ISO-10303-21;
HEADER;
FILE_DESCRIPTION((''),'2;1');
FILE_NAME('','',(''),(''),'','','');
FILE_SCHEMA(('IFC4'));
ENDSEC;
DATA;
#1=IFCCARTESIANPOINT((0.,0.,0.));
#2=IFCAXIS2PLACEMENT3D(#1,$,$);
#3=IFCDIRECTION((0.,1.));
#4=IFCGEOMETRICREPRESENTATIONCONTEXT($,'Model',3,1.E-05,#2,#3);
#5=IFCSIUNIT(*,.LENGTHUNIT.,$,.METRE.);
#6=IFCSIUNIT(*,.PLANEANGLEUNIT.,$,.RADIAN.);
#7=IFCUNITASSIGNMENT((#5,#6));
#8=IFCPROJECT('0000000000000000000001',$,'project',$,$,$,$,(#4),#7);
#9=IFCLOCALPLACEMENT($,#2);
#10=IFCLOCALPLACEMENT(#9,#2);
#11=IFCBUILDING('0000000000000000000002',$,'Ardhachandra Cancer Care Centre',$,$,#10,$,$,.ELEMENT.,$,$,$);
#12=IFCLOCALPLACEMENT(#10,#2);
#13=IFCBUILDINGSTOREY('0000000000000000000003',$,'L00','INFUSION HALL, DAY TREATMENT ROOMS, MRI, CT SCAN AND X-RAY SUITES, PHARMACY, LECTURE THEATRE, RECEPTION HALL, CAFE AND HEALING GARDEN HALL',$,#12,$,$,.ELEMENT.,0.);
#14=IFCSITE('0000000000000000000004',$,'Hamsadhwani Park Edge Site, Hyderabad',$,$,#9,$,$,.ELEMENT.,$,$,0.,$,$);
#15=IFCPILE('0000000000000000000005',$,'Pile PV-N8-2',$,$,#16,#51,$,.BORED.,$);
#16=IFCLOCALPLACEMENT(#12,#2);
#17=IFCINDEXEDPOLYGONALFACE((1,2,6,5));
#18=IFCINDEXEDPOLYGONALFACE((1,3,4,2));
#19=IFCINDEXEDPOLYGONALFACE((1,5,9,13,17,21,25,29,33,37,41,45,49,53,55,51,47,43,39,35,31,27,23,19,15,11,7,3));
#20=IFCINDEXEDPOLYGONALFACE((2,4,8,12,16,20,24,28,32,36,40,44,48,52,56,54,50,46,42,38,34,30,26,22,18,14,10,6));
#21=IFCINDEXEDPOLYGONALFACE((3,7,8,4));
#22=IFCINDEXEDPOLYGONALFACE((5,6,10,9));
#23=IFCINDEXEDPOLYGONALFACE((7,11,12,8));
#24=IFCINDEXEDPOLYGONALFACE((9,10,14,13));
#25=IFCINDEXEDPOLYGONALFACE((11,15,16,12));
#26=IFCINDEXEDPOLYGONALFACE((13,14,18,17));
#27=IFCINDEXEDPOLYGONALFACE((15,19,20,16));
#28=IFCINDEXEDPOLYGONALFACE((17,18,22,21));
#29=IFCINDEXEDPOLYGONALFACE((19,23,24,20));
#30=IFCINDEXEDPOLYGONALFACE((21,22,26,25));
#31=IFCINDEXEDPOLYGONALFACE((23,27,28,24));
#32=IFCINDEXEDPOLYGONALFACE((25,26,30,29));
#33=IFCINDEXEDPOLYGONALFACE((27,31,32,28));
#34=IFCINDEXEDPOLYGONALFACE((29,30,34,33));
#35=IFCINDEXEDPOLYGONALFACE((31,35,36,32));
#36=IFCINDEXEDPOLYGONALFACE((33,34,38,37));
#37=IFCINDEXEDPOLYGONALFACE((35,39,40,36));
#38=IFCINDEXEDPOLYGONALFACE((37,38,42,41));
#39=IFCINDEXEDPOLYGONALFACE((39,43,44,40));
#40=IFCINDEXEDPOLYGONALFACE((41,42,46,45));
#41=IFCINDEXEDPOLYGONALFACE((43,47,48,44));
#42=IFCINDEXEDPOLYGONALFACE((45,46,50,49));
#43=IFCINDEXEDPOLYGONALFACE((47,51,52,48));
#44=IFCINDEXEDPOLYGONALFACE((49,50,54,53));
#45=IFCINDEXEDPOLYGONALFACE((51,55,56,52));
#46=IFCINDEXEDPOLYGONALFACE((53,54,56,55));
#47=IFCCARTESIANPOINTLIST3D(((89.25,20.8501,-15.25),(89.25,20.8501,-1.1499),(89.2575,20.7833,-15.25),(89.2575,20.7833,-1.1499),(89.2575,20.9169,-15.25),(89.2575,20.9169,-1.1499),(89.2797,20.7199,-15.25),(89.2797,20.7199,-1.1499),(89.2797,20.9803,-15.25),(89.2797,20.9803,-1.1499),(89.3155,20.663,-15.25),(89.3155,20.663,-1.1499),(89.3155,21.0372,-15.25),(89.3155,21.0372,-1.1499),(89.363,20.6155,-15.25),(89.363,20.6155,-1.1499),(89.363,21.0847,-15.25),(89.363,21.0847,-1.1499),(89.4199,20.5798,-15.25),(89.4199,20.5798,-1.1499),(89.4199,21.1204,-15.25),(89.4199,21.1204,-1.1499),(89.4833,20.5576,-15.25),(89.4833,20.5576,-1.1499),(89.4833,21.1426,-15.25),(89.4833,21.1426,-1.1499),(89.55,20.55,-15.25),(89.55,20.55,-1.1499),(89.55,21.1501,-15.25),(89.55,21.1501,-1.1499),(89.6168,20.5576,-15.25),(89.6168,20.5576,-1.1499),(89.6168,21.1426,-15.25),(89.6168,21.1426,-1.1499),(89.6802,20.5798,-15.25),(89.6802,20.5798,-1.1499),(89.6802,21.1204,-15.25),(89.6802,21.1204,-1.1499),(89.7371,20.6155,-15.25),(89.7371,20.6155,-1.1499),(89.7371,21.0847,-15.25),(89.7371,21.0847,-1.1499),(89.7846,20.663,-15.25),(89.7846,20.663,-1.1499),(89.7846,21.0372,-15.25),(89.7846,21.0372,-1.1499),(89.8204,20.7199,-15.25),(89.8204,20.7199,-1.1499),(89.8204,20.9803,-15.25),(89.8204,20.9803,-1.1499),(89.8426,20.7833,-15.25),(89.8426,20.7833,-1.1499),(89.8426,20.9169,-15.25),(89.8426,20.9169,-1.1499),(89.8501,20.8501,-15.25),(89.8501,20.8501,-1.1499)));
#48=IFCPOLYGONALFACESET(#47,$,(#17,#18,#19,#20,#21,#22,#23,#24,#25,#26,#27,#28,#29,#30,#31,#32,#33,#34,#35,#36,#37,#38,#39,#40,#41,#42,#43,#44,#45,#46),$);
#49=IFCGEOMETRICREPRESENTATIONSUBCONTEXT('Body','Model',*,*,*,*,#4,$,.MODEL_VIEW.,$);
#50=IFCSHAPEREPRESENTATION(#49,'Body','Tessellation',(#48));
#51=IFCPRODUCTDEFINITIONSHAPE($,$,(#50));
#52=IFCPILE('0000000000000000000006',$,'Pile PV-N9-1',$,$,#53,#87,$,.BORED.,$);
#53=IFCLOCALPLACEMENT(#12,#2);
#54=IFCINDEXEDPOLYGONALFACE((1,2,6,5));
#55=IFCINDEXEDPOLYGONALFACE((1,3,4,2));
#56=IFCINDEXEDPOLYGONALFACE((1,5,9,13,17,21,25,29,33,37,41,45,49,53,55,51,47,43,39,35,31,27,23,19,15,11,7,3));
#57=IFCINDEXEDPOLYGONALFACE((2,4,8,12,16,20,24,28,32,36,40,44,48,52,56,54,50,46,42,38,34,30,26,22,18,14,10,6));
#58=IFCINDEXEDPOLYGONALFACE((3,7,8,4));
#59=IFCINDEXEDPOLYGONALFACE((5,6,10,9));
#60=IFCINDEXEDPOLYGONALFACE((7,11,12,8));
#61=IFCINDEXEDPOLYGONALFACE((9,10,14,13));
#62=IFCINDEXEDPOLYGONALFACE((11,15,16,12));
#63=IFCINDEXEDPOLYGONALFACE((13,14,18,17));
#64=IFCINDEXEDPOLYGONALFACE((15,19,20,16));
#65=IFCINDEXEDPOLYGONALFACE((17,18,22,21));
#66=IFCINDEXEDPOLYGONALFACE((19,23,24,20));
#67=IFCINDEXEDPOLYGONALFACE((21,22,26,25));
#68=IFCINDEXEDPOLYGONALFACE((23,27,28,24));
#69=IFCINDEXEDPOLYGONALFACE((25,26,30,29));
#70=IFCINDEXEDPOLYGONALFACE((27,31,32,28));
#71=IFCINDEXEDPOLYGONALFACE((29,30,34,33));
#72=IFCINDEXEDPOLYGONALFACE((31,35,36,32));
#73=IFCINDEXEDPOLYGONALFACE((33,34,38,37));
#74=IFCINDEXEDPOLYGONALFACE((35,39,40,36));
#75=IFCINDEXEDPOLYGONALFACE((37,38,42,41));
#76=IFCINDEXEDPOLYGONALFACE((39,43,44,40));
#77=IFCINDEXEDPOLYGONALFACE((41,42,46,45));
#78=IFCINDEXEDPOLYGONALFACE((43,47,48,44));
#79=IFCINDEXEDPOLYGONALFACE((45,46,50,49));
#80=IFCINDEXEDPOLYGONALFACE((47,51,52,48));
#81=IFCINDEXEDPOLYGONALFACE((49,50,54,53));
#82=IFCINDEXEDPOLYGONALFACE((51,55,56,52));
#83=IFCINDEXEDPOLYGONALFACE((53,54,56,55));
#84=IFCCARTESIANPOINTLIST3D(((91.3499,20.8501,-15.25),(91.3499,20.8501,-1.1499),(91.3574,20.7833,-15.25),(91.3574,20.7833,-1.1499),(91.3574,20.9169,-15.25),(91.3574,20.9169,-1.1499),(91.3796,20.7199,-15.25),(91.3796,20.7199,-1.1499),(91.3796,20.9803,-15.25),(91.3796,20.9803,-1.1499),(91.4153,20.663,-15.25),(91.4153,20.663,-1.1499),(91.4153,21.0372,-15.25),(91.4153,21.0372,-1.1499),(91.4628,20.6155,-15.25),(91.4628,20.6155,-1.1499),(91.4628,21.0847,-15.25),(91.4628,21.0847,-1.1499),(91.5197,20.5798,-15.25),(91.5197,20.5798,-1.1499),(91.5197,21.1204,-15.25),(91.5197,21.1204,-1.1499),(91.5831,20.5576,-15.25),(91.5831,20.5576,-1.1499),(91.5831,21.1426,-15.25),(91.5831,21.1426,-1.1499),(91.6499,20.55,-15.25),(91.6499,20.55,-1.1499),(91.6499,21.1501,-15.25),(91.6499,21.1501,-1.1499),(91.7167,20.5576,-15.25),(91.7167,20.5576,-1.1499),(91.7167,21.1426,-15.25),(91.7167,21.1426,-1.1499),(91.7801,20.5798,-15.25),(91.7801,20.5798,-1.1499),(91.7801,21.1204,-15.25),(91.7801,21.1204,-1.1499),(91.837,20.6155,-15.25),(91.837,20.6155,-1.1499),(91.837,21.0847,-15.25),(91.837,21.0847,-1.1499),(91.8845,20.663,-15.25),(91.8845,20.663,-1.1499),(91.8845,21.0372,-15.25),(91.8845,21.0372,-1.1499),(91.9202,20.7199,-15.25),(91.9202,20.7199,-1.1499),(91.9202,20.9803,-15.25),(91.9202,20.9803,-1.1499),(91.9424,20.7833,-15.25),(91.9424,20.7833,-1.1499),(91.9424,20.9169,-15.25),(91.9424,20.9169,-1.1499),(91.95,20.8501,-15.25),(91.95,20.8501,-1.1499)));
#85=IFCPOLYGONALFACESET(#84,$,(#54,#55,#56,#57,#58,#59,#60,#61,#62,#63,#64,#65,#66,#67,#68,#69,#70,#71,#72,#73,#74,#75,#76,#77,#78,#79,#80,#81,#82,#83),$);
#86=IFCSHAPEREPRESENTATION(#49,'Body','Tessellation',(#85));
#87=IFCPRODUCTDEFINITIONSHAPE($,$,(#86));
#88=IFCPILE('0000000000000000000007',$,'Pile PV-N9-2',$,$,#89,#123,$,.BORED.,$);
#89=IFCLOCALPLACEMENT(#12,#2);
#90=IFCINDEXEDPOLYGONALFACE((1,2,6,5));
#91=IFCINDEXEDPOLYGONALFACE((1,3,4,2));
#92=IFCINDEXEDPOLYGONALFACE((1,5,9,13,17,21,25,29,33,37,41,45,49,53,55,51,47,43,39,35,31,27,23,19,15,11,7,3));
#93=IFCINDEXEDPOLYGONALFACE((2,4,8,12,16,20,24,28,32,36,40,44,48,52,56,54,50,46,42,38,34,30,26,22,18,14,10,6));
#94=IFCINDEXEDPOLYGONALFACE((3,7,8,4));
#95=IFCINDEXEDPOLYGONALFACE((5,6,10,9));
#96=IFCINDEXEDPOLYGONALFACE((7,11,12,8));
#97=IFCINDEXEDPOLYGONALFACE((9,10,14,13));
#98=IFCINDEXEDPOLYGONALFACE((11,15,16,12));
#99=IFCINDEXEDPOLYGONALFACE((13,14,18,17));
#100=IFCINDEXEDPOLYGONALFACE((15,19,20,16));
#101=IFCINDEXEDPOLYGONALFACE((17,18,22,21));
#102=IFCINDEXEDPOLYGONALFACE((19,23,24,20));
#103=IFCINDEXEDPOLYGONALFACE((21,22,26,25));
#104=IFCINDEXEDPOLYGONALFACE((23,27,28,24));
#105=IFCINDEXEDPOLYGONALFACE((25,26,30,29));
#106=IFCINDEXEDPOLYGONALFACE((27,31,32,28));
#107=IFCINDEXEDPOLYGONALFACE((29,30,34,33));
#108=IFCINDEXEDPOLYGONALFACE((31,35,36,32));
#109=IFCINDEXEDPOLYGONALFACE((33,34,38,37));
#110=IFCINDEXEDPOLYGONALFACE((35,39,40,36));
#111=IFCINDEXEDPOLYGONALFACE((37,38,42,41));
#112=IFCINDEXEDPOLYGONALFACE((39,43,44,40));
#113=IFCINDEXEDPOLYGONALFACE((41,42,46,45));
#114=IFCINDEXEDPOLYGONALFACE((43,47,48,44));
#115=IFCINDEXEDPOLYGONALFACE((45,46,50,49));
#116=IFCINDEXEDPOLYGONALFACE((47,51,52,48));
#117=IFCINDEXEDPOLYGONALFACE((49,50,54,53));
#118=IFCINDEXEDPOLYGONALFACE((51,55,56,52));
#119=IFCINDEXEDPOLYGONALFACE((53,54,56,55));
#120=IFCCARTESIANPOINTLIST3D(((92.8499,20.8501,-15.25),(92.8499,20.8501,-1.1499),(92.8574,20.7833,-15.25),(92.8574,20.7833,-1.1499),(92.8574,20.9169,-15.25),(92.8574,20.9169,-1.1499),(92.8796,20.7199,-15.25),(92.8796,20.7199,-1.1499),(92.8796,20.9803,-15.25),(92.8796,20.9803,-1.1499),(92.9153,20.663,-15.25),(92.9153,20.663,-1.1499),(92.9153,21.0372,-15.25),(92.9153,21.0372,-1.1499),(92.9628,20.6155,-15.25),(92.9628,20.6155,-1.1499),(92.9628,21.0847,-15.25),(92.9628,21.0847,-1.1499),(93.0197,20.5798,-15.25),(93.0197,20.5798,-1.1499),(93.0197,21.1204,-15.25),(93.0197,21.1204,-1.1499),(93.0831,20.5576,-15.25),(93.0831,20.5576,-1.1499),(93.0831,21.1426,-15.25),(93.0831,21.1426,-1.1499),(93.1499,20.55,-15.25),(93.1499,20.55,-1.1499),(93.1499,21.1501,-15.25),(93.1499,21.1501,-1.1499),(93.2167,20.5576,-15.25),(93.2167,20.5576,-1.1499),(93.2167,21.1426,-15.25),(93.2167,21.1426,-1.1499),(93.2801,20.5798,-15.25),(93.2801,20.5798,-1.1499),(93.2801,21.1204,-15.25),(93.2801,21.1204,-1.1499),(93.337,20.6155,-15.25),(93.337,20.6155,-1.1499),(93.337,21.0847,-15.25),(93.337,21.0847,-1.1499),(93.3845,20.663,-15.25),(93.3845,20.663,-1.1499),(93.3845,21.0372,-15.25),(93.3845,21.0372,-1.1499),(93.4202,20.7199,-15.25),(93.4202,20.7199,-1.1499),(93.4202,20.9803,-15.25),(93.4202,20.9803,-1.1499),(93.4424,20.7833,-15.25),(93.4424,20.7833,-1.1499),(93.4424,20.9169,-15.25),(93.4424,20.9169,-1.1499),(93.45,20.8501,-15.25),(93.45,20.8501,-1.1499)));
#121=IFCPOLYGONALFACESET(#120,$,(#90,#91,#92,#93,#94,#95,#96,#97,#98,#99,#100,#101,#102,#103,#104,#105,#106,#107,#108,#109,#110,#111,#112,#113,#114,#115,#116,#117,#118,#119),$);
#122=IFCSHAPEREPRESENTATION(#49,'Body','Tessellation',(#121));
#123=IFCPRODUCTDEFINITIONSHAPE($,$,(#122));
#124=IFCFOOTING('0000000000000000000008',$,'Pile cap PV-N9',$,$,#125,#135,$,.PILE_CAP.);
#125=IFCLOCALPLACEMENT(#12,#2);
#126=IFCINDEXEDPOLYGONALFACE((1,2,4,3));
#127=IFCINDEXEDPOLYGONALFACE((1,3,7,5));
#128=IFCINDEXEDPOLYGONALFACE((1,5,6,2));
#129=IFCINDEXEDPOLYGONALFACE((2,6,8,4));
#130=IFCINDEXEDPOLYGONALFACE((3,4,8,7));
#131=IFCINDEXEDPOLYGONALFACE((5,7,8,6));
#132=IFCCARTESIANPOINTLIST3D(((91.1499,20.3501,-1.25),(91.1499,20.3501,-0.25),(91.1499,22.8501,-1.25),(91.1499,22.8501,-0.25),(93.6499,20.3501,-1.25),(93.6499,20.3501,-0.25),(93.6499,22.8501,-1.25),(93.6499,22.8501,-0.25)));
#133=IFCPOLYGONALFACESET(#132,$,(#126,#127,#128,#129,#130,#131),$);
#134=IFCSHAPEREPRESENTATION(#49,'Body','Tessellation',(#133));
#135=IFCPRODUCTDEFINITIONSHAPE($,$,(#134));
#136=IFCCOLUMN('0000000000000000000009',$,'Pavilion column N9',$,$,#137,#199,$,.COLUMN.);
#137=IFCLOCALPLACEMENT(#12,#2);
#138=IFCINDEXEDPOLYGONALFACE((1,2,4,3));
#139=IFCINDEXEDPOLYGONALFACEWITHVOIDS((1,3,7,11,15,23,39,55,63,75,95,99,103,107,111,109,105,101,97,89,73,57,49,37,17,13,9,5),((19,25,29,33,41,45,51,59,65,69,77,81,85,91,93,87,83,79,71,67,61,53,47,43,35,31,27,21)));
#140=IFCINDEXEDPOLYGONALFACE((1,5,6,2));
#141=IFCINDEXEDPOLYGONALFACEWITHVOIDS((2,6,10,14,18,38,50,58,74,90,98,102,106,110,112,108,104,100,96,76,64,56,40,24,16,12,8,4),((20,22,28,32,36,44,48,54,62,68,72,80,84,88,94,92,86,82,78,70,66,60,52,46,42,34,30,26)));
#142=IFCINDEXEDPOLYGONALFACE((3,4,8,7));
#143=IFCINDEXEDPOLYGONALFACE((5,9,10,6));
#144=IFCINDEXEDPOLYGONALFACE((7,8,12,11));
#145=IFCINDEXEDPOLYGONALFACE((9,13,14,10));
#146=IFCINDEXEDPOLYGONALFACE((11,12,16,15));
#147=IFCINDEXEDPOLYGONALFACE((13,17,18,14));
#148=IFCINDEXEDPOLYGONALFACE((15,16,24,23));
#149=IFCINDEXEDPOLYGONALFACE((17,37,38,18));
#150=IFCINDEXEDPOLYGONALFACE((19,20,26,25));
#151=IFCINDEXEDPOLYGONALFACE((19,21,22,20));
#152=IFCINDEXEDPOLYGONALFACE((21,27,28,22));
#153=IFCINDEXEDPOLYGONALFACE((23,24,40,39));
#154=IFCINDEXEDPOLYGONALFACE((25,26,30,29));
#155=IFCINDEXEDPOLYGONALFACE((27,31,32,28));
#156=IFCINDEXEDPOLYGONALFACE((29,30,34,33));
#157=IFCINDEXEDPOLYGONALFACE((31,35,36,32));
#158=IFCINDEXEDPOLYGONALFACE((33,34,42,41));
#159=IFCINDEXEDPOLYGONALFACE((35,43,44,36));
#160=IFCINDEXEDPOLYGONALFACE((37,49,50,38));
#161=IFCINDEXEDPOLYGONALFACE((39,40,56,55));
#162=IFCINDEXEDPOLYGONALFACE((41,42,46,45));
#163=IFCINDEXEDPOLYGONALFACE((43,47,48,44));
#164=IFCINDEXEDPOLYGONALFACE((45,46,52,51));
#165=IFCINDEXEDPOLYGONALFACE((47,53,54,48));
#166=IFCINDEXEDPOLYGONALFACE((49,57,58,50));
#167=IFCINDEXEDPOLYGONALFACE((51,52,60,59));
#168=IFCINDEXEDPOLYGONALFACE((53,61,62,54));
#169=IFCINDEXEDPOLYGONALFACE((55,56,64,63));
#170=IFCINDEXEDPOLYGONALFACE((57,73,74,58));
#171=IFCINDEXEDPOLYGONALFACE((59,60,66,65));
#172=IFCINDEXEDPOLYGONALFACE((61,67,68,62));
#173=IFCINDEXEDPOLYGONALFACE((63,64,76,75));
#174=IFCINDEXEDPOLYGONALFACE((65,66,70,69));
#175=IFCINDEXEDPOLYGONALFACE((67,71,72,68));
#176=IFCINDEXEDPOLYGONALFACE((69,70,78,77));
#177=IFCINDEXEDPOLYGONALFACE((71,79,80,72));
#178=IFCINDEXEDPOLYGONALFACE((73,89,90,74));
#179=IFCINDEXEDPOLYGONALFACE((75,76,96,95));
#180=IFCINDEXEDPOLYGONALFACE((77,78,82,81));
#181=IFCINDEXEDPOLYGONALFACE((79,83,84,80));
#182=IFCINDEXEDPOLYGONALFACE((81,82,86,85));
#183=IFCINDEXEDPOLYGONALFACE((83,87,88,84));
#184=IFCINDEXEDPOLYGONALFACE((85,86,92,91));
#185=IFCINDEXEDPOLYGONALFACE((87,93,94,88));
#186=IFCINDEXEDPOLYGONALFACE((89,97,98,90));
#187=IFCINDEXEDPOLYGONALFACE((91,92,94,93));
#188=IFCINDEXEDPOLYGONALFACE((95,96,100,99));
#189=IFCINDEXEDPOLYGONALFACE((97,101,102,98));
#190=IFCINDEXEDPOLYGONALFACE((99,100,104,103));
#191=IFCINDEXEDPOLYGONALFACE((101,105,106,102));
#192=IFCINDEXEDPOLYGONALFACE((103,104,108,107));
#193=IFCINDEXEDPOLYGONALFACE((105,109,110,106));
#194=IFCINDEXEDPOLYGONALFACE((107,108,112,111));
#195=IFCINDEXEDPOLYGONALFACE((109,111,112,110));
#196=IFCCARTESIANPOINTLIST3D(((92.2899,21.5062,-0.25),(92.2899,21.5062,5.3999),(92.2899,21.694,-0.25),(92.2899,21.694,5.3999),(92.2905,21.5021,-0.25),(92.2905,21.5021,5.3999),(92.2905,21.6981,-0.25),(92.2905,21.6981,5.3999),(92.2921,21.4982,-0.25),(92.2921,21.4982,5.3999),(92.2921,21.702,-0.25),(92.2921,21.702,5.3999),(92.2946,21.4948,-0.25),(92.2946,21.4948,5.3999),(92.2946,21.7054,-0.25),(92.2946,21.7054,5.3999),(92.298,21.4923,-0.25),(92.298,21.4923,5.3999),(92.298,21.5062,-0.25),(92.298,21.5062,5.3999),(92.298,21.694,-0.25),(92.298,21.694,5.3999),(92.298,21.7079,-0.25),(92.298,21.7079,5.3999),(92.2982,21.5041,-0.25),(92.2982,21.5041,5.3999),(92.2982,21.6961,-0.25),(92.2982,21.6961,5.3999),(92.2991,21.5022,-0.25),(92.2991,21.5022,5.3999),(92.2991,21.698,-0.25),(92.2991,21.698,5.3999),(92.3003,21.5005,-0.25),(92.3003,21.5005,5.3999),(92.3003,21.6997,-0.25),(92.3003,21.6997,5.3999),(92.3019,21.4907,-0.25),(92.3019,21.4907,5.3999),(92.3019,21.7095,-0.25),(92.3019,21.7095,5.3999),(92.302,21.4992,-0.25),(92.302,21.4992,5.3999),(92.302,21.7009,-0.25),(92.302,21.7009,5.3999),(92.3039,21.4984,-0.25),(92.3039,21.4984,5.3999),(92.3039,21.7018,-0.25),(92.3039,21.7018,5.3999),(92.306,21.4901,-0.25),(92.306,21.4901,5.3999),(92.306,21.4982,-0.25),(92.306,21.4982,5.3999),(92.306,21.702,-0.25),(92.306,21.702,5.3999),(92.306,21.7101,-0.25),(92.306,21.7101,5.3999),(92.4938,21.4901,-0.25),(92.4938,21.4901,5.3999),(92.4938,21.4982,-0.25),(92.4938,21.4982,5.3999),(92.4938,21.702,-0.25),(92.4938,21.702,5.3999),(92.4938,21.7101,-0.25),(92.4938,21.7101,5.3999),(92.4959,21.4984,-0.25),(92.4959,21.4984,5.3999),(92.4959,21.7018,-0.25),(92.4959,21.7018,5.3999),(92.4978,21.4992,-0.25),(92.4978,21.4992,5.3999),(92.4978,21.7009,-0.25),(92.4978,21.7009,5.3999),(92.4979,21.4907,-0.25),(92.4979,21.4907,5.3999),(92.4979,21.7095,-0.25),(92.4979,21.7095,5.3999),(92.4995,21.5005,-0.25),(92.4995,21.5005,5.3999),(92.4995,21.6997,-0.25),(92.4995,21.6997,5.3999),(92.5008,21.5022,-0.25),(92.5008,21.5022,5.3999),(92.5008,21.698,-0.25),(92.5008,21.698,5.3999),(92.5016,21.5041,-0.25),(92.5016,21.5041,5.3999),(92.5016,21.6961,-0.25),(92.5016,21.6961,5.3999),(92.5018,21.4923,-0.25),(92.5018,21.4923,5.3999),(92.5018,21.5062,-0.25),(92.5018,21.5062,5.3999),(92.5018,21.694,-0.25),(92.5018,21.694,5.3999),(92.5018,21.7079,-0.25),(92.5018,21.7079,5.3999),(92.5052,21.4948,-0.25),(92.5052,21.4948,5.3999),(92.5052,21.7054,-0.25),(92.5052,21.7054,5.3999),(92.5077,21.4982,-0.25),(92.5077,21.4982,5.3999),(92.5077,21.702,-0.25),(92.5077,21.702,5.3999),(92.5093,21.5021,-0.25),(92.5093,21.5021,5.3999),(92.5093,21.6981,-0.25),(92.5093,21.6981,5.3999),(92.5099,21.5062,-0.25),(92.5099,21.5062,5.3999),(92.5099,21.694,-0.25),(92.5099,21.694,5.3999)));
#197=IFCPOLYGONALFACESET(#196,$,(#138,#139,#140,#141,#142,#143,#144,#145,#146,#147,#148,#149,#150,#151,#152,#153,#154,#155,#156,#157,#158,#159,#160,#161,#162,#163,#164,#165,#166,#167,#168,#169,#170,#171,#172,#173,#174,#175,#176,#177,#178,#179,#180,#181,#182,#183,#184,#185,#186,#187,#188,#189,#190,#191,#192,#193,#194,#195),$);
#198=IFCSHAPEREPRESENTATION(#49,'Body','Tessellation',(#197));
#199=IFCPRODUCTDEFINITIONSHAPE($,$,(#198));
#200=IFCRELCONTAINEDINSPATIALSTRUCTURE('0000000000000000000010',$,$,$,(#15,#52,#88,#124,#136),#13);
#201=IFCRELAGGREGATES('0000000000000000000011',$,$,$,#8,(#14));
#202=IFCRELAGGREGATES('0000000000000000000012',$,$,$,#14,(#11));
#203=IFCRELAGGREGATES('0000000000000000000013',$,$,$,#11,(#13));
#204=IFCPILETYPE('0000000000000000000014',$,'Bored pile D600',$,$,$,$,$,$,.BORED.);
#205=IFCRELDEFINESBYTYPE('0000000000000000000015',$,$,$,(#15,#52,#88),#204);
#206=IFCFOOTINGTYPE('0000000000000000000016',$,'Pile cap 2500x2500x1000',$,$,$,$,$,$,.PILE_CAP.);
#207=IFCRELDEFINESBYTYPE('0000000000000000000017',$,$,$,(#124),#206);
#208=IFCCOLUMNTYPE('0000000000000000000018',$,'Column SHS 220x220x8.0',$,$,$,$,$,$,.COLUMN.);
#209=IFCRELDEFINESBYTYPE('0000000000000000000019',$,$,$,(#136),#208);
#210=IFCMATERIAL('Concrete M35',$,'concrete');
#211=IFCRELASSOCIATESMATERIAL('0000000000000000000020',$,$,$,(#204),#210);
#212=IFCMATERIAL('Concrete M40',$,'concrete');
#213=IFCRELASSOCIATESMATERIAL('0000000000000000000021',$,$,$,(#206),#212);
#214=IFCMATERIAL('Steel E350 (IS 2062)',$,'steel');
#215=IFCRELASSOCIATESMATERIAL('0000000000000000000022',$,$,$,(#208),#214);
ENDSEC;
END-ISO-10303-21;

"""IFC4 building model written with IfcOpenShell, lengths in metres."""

from ifc_helpers import new_model, si_unit, direction, frame, origin, origin_2d, place, context, subcontext, project, spatial, rectangle, hollow_rectangle, circle, extrude, material, material_profile, profile_set, type_object, element, save


model = new_model("IFC4")

# Units and contexts
model_context = context("Model", 3, precision=1e-05, world=origin(), true_north=direction((0.0, 1.0)))
body_context = subcontext(model_context, "Body", "Model", "MODEL_VIEW")
ifc_project = project(units=[si_unit("LENGTHUNIT", "METRE"), si_unit("PLANEANGLEUNIT", "RADIAN")], contexts=[model_context])

# Site, building, storey
site_placement = place(None, origin())
site = spatial("IfcSite", under=ifc_project, at=site_placement, Name="Hamsadhwani Park Edge Site, Hyderabad", CompositionType="ELEMENT", RefElevation=0.0)
building_placement = place(site_placement, origin())
building = spatial("IfcBuilding", under=site, at=building_placement, Name="Ardhachandra Cancer Care Centre", CompositionType="ELEMENT")
storey_placement = place(building_placement, origin())
storey = spatial("IfcBuildingStorey", under=building, at=storey_placement, Name="L00", Description="INFUSION HALL, DAY TREATMENT ROOMS, MRI, CT SCAN AND X-RAY SUITES, PHARMACY, LECTURE THEATRE, RECEPTION HALL, CAFE AND HEALING GARDEN HALL", CompositionType="ELEMENT", Elevation=0.0)

# Piles
ifc_material_1 = material(Name="Concrete M35", Category="concrete")
ifc_material_profile_1 = material_profile(ifc_material_1, circle(Radius=0.3, at=origin_2d()), Name="D600")
ifc_profile_set_1 = profile_set([ifc_material_profile_1], Name="Concrete M35")
pile_type = type_object("IfcPileType", Name="Bored pile D600", PredefinedType="BORED", material=ifc_profile_set_1)
for number, where, z_axis, x_axis, name in (
    (1, (89.55, 20.8501, -1.1499), (0.0, 0.0, -1.0), (1.0, 0.0, 0.0), "Pile PV-N8-2"),
    (2, (91.6499, 20.8501, -1.1499), (0.0, 0.0, -1.0), (1.0, 0.0, 0.0), "Pile PV-N9-1"),
    (3, (93.1499, 20.8501, -1.1499), (0.0, 0.0, -1.0), (1.0, 0.0, 0.0), "Pile PV-N9-2"),
):
    element("IfcPile", number, at=place(storey_placement, frame(where, z_axis=z_axis, x_axis=x_axis)), inside=storey, type_object=pile_type, Name=name, PredefinedType="BORED", context=body_context, shape_type="SweptSolid", body=[
        extrude(circle(Radius=0.3, at=origin_2d()), origin(), (0.0, 0.0, 1.0), 14.1001),
    ])

# Footing
ifc_material_2 = material(Name="Concrete M40", Category="concrete")
footing_type = type_object("IfcFootingType", Name="Pile cap 2500x2500x1000", PredefinedType="PILE_CAP", material=ifc_material_2)
footing_placement = place(storey_placement, frame((92.3999, 21.6001, -1.25), z_axis=(0.0, 0.0, 1.0), x_axis=(1.0, 0.0, 0.0)))
element("IfcFooting", 4, at=footing_placement, inside=storey, type_object=footing_type, Name="Pile cap PV-N9", PredefinedType="PILE_CAP", context=body_context, shape_type="SweptSolid", body=[
    extrude(rectangle(XDim=2.5, YDim=2.5, at=origin_2d()), origin(), (0.0, 0.0, 1.0), 1.0),
])

# Column
ifc_material_3 = material(Name="Steel E350 (IS 2062)", Category="steel")
ifc_material_profile_2 = material_profile(ifc_material_3, hollow_rectangle(XDim=0.22, YDim=0.22, WallThickness=0.0081, InnerFilletRadius=0.0081, OuterFilletRadius=0.0161, at=origin_2d()), Name="SHS 220x220x8.0")
ifc_profile_set_2 = profile_set([ifc_material_profile_2], Name="Steel E350 (IS 2062)")
column_type = type_object("IfcColumnType", Name="Column SHS 220x220x8.0", PredefinedType="COLUMN", material=ifc_profile_set_2)
column_placement = place(storey_placement, frame((92.3999, 21.6001, -0.25), z_axis=(0.0, 0.0, 1.0), x_axis=(1.0, 0.0, 0.0)))
element("IfcColumn", 5, at=column_placement, inside=storey, type_object=column_type, Name="Pavilion column N9", PredefinedType="COLUMN", context=body_context, shape_type="SweptSolid", body=[
    extrude(hollow_rectangle(XDim=0.22, YDim=0.22, WallThickness=0.0081, InnerFilletRadius=0.0081, OuterFilletRadius=0.0161, at=origin_2d()), origin(), (0.0, 0.0, 1.0), 5.6499),
])

save(model, "model.ifc")
